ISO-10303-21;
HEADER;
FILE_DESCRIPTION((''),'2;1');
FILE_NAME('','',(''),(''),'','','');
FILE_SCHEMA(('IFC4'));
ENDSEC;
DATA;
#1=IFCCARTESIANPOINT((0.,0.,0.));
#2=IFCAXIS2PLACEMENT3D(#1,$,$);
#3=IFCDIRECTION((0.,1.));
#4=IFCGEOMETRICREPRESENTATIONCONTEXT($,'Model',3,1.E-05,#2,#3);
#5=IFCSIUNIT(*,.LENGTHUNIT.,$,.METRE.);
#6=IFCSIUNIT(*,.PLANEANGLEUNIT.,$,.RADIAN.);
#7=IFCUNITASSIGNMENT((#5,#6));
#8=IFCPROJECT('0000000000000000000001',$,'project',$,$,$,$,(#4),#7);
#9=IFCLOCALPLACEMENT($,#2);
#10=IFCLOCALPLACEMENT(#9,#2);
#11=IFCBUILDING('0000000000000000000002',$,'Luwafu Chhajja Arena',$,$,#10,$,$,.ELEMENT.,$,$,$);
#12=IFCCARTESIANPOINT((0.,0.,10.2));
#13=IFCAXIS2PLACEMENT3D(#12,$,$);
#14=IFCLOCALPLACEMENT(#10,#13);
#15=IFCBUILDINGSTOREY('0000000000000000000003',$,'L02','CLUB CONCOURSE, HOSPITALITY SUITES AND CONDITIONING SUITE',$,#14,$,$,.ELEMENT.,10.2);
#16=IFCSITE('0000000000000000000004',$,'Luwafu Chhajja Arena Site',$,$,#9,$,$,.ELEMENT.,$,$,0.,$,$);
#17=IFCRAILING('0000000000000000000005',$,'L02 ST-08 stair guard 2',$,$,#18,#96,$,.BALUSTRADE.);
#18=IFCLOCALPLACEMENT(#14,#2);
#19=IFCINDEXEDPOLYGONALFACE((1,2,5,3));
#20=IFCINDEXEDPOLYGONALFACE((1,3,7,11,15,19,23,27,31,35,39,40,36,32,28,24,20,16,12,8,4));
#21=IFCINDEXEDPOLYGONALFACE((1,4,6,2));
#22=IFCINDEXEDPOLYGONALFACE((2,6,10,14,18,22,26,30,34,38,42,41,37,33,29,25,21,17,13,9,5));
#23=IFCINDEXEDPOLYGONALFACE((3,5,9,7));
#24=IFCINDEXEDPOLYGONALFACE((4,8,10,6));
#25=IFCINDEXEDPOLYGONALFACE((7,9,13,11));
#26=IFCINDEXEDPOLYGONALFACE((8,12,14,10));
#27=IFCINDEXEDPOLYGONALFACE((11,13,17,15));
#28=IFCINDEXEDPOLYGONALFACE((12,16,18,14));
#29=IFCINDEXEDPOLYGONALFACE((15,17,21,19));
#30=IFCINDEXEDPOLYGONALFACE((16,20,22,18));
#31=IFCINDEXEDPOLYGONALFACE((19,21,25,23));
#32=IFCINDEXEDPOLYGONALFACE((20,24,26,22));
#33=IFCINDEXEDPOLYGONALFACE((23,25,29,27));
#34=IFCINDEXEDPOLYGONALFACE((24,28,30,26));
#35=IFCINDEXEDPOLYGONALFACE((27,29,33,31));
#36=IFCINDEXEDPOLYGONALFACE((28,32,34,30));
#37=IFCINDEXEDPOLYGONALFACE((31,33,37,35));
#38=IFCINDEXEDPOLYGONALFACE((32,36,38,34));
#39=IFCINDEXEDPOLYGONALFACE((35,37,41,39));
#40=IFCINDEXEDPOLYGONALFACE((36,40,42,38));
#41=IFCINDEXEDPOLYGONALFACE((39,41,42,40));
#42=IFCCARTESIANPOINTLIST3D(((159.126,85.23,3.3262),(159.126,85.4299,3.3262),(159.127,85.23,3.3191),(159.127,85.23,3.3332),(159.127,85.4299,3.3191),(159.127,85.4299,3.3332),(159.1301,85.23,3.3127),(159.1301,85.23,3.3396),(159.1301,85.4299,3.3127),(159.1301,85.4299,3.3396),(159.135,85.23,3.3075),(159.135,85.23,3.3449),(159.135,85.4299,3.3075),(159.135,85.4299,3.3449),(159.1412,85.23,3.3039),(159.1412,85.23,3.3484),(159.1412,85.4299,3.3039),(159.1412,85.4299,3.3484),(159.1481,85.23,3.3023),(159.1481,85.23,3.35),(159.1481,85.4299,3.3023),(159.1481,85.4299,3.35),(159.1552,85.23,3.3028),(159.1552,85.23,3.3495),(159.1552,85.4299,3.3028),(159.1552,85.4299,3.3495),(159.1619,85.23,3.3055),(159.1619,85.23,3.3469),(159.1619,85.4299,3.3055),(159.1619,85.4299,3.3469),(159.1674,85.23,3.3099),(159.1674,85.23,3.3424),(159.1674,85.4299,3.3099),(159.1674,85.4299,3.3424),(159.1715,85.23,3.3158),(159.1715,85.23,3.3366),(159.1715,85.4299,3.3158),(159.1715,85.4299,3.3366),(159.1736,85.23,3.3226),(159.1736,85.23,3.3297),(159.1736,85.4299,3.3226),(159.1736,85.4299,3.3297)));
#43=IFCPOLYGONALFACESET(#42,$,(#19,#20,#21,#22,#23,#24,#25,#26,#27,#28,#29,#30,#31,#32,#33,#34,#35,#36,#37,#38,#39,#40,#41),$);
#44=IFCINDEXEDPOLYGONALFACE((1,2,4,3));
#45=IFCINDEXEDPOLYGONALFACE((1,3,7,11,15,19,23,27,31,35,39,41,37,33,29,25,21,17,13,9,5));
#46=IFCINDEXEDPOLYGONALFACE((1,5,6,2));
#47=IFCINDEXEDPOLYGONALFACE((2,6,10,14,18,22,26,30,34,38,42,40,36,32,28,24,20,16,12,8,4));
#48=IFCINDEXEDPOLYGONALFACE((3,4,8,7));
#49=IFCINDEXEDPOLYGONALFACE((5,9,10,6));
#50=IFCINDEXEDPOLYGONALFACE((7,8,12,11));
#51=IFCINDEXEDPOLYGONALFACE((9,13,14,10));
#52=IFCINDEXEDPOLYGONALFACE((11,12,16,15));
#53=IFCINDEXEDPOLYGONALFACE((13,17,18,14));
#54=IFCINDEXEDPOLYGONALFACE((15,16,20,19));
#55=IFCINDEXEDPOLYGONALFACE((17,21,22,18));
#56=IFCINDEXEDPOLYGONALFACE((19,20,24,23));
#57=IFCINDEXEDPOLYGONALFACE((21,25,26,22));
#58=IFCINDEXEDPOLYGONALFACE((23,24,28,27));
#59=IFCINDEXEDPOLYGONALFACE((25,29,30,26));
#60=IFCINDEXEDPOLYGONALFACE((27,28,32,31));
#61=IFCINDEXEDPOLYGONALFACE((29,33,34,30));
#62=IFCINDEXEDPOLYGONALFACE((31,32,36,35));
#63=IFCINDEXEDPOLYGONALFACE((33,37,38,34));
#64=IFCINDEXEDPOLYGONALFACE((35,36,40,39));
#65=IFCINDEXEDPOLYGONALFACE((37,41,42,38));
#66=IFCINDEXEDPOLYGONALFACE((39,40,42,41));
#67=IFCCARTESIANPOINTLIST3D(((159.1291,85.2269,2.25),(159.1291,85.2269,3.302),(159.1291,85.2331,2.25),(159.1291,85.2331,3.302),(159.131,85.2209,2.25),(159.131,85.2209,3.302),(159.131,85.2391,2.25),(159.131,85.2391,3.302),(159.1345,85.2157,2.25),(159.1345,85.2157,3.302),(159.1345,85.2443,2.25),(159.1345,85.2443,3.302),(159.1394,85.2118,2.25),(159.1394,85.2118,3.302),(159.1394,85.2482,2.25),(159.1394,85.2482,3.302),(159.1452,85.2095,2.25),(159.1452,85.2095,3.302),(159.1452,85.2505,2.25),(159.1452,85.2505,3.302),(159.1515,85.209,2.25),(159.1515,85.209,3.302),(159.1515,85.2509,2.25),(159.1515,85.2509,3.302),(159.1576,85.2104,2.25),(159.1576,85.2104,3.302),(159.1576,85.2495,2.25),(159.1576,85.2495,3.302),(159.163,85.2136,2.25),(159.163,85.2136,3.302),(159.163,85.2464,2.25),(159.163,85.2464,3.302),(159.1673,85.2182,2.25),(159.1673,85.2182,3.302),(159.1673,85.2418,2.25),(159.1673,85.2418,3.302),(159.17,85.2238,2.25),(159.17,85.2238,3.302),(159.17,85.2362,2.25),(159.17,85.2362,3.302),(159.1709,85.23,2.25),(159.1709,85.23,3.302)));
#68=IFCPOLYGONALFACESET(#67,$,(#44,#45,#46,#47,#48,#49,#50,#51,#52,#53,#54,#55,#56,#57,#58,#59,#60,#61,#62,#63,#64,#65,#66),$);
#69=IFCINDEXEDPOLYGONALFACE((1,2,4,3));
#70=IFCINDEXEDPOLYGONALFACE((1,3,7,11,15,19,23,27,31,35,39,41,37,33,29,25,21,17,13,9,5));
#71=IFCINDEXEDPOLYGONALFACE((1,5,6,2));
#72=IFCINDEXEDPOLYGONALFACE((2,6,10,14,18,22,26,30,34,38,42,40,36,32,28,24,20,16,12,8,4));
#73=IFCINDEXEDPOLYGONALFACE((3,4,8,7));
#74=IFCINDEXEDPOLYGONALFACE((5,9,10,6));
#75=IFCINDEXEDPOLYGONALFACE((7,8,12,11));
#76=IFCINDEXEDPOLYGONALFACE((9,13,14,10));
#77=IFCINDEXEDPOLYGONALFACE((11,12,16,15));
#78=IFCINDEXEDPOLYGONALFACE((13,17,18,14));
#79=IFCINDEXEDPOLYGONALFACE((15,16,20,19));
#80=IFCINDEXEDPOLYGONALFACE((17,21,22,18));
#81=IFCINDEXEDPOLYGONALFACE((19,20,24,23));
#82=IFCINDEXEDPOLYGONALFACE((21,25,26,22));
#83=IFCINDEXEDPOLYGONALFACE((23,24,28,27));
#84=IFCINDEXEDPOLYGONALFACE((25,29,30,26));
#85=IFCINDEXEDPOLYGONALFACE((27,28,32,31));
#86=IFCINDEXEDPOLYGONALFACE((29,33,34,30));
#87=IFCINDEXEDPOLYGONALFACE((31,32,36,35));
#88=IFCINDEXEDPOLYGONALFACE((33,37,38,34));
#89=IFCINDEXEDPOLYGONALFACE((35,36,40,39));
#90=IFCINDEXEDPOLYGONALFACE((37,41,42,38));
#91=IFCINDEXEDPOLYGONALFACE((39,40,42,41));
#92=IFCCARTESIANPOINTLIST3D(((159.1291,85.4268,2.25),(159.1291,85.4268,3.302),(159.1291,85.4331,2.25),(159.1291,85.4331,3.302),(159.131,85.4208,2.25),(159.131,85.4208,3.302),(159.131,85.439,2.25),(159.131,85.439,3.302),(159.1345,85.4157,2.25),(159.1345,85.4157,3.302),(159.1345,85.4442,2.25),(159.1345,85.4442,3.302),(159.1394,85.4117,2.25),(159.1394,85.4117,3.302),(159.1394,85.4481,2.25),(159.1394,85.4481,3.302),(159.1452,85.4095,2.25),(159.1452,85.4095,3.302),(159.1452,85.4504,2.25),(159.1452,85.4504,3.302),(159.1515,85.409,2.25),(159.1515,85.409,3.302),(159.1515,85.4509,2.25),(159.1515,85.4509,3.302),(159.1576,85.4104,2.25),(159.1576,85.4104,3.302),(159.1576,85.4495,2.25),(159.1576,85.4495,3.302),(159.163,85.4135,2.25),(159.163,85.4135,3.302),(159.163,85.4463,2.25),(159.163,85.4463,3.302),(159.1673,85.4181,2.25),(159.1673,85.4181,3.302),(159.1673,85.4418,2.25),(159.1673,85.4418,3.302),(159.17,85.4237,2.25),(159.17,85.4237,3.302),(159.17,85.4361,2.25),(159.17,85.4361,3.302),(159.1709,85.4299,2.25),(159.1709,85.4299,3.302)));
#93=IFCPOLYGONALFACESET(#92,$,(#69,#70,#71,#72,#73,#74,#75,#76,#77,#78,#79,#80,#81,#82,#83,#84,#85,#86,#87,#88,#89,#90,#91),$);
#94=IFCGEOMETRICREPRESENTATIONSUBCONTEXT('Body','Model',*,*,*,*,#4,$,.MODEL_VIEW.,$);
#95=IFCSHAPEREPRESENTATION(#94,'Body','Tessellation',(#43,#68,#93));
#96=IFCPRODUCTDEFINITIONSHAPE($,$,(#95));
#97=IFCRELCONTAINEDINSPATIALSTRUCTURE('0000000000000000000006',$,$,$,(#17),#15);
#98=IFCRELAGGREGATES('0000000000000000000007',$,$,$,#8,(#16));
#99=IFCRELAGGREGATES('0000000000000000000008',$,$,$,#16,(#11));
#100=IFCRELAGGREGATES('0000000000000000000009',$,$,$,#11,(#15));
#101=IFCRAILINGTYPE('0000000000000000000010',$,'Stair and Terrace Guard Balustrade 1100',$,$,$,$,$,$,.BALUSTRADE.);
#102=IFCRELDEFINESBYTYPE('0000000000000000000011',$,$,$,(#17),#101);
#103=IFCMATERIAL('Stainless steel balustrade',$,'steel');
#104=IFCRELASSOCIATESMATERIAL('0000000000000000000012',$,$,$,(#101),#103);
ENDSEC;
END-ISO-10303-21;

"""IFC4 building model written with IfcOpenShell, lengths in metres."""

from ifc_helpers import new_model, si_unit, direction, frame, origin, origin_2d, place, context, subcontext, project, spatial, circle, extrude, material, type_object, element, save


model = new_model("IFC4")

# Units and contexts
model_context = context("Model", 3, precision=1e-05, world=origin(), true_north=direction((0.0, 1.0)))
body_context = subcontext(model_context, "Body", "Model", "MODEL_VIEW")
ifc_project = project(units=[si_unit("LENGTHUNIT", "METRE"), si_unit("PLANEANGLEUNIT", "RADIAN")], contexts=[model_context])

# Site, building, storey
site_placement = place(None, origin())
site = spatial("IfcSite", under=ifc_project, at=site_placement, Name="Luwafu Chhajja Arena Site", CompositionType="ELEMENT", RefElevation=0.0)
building_placement = place(site_placement, origin())
building = spatial("IfcBuilding", under=site, at=building_placement, Name="Luwafu Chhajja Arena", CompositionType="ELEMENT")
storey_placement = place(building_placement, frame((0.0, 0.0, 10.2)))
storey = spatial("IfcBuildingStorey", under=building, at=storey_placement, Name="L02", Description="CLUB CONCOURSE, HOSPITALITY SUITES AND CONDITIONING SUITE", CompositionType="ELEMENT", Elevation=10.2)

# Railing
ifc_material_1 = material(Name="Stainless steel balustrade", Category="steel")
railing_type_1 = type_object("IfcRailingType", Name="Stair and Terrace Guard Balustrade 1100", PredefinedType="BALUSTRADE", material=ifc_material_1)
railing_1_placement = place(storey_placement, frame((159.1499, 85.23, 2.25)))
element("IfcRailing", 1, at=railing_1_placement, inside=storey, type_object=railing_type_1, Name="L02 ST-08 stair guard 2", PredefinedType="BALUSTRADE", context=body_context, shape_type="SweptSolid", body=[
    extrude(circle(Radius=0.0239, at=origin_2d()), frame((0.0, 0.0, 1.0762), z_axis=(0.0, 1.0, 0.0), x_axis=(-1.0, 0.0, 0.0)), (0.0, 0.0, 1.0), 0.2),
    extrude(circle(Radius=0.021, at=origin_2d()), origin(), (0.0, 0.0, 1.0), 1.052),
    extrude(circle(Radius=0.021, at=origin_2d()), frame((0.0, 0.2, 0.0)), (0.0, 0.0, 1.0), 1.052),
])

save(model, "model.ifc")
